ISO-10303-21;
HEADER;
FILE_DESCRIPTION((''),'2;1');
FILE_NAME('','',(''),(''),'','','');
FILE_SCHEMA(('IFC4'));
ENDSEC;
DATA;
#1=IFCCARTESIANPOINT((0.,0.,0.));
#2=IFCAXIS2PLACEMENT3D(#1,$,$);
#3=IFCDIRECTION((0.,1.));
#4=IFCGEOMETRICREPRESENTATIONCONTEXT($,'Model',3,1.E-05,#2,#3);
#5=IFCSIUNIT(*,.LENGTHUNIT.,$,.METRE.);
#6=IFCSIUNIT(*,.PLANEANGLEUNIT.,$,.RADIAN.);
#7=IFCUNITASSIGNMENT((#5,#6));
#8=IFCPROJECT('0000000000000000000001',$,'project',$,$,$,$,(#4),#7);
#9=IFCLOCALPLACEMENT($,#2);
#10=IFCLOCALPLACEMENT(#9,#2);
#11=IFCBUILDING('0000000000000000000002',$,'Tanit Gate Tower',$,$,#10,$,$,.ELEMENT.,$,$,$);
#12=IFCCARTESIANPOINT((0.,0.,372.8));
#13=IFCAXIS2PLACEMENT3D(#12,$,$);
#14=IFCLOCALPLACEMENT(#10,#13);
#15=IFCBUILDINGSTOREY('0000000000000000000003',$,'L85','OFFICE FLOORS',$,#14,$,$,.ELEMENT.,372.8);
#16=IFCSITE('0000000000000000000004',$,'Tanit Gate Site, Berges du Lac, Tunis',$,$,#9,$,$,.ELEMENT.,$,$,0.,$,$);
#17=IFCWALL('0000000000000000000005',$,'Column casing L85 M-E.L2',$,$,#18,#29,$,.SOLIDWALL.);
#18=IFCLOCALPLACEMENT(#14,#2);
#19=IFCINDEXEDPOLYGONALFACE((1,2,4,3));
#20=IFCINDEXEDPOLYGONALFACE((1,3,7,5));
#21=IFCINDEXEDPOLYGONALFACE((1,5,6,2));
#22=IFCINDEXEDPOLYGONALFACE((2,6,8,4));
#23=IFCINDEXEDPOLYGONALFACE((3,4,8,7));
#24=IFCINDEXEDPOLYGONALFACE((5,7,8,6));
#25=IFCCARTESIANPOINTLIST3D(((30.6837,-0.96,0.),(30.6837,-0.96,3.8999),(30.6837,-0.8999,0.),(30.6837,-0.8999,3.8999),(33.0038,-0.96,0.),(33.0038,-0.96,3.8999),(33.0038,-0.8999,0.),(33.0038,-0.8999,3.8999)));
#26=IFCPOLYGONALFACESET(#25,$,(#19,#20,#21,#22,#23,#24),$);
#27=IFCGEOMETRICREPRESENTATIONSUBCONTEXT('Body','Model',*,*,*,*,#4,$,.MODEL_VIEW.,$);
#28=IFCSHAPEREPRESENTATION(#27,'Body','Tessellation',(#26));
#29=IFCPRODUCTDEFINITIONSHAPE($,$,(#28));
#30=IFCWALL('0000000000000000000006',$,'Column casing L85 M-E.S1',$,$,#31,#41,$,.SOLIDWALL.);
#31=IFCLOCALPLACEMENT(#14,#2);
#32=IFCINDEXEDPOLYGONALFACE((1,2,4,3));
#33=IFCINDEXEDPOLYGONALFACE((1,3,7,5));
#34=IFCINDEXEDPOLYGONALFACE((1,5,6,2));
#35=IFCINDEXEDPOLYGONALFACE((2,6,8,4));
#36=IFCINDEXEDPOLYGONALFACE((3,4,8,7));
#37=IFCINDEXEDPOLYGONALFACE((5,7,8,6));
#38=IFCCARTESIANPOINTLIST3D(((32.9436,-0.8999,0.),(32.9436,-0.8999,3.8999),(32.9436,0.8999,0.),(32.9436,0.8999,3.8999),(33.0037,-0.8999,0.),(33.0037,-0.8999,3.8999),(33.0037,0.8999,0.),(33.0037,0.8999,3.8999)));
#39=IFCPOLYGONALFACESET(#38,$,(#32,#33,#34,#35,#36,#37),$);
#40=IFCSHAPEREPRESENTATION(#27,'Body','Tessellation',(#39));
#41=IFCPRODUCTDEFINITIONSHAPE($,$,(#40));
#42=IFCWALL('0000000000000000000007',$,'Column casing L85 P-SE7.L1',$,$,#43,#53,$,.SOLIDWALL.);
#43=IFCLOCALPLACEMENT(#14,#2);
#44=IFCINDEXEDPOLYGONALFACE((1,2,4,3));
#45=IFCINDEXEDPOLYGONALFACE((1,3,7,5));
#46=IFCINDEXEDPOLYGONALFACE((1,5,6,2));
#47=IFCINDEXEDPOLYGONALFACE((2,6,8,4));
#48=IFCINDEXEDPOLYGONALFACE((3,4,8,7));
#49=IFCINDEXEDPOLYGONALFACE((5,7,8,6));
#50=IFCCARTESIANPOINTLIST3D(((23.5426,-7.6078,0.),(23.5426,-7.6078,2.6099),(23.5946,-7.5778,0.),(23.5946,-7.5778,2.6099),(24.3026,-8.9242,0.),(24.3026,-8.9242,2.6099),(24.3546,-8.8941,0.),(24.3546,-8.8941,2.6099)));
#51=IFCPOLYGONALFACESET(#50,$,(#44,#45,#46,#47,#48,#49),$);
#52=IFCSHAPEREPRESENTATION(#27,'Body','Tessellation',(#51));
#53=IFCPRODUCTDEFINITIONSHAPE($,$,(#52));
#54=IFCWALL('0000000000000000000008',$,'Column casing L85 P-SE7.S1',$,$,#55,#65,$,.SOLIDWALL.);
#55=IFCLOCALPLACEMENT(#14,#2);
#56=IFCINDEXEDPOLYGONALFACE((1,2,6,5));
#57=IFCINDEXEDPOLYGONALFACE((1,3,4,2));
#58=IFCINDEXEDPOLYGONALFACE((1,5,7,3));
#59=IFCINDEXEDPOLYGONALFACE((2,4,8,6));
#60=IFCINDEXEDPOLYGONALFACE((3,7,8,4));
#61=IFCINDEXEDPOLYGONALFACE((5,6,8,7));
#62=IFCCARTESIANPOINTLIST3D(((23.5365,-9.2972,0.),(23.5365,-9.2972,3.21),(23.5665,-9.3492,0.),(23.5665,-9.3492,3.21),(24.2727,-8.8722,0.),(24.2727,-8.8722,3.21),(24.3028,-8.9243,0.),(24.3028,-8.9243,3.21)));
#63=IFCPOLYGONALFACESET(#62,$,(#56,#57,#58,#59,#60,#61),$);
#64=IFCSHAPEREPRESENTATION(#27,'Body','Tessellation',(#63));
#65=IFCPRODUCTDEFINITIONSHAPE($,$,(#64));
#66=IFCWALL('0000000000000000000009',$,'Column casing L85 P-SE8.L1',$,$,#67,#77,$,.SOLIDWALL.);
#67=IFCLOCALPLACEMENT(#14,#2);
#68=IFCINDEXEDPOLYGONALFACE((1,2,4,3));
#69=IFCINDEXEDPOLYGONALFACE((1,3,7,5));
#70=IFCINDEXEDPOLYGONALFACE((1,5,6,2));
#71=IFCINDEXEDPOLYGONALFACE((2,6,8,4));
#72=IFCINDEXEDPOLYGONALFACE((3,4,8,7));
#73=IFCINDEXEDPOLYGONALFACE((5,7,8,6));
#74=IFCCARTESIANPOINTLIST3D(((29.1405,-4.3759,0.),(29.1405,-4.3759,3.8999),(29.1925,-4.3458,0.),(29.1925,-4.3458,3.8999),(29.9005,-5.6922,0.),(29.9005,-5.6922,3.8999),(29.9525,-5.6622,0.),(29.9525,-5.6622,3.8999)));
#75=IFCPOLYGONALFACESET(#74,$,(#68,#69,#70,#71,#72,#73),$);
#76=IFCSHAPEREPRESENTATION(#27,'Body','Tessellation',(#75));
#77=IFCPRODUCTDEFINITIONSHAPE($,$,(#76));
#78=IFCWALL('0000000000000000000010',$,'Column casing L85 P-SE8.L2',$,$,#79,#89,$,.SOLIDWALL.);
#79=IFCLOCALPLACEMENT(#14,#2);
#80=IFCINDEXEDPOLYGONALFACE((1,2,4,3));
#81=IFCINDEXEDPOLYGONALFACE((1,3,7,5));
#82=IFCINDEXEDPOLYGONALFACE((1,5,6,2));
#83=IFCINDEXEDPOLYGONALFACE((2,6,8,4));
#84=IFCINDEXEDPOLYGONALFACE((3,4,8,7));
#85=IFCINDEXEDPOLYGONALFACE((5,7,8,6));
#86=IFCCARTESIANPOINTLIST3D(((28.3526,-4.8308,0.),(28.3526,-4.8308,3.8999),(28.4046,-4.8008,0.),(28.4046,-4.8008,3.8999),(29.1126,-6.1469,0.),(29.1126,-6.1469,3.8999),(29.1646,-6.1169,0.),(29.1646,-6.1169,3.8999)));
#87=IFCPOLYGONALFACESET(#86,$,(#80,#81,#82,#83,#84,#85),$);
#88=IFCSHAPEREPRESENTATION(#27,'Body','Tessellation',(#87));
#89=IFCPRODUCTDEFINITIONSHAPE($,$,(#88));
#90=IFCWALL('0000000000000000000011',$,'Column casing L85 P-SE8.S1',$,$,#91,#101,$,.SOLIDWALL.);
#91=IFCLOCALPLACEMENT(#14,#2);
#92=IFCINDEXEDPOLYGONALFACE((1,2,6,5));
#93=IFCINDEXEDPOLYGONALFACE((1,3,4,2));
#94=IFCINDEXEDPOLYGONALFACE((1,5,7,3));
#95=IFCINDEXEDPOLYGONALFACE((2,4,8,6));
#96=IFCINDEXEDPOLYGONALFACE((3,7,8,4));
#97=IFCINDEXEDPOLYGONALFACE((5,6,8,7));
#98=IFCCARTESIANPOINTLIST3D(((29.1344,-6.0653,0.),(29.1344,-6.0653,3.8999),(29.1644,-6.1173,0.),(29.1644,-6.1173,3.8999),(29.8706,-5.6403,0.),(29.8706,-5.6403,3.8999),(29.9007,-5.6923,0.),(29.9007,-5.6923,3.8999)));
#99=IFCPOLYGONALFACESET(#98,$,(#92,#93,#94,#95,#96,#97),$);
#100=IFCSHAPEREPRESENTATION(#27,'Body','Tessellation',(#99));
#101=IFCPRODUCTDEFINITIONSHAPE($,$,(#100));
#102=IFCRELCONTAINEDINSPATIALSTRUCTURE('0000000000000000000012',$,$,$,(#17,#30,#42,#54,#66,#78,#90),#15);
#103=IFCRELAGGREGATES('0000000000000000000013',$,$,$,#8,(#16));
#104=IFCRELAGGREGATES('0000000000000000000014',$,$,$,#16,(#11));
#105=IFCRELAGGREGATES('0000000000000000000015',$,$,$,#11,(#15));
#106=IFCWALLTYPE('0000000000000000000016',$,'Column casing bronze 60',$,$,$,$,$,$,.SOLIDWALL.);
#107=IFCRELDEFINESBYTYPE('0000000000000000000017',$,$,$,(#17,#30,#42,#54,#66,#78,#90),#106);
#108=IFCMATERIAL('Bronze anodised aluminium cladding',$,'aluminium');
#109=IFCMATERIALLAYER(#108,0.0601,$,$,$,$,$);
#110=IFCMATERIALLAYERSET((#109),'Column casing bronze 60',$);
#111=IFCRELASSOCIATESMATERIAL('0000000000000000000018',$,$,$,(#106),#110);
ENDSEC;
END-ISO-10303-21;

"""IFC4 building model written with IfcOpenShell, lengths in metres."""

from ifc_helpers import new_model, si_unit, direction, frame, frame_2d, origin, place, context, subcontext, project, spatial, rectangle, extrude, material, layer, layer_set, type_object, element, save


model = new_model("IFC4")

# Units and contexts
model_context = context("Model", 3, precision=1e-05, world=origin(), true_north=direction((0.0, 1.0)))
body_context = subcontext(model_context, "Body", "Model", "MODEL_VIEW")
ifc_project = project(units=[si_unit("LENGTHUNIT", "METRE"), si_unit("PLANEANGLEUNIT", "RADIAN")], contexts=[model_context])

# Site, building, storey
site_placement = place(None, origin())
site = spatial("IfcSite", under=ifc_project, at=site_placement, Name="Tanit Gate Site, Berges du Lac, Tunis", CompositionType="ELEMENT", RefElevation=0.0)
building_placement = place(site_placement, origin())
building = spatial("IfcBuilding", under=site, at=building_placement, Name="Tanit Gate Tower", CompositionType="ELEMENT")
storey_placement = place(building_placement, frame((0.0, 0.0, 372.8)))
storey = spatial("IfcBuildingStorey", under=building, at=storey_placement, Name="L85", Description="OFFICE FLOORS", CompositionType="ELEMENT", Elevation=372.8)

# Walls
ifc_material_1 = material(Name="Bronze anodised aluminium cladding", Category="aluminium")
ifc_layer_1 = layer(ifc_material_1, 0.0601)
ifc_layer_set_1 = layer_set([ifc_layer_1], Name="Column casing bronze 60")
wall_type = type_object("IfcWallType", Name="Column casing bronze 60", PredefinedType="SOLIDWALL", material=ifc_layer_set_1)
wall_1_placement = place(storey_placement, frame((30.6836, -0.9299, 0.0), z_axis=(0.0, 0.0, 1.0), x_axis=(1.0, 0.0, 0.0)))
element("IfcWall", 1, at=wall_1_placement, inside=storey, type_object=wall_type, Name="Column casing L85 M-E.L2", PredefinedType="SOLIDWALL", context=body_context, shape_type="SweptSolid", body=[
    extrude(rectangle(XDim=2.3201, YDim=0.0601, at=frame_2d((1.1602, 0.0))), origin(), (0.0, 0.0, 1.0), 3.8999),
])
wall_2_placement = place(storey_placement, frame((32.9736, -0.8999, 0.0), z_axis=(0.0, 0.0, 1.0), x_axis=(0.0, 1.0, 0.0)))
element("IfcWall", 2, at=wall_2_placement, inside=storey, type_object=wall_type, Name="Column casing L85 M-E.S1", PredefinedType="SOLIDWALL", context=body_context, shape_type="SweptSolid", body=[
    extrude(rectangle(XDim=1.7998, YDim=0.0601, at=frame_2d((0.8999, 0.0))), origin(), (0.0, 0.0, 1.0), 3.8999),
])
wall_3_placement = place(storey_placement, frame((23.5686, -7.5928, 0.0), z_axis=(0.0, 0.0, 1.0), x_axis=(0.499991, -0.86603, 0.0)))
element("IfcWall", 3, at=wall_3_placement, inside=storey, type_object=wall_type, Name="Column casing L85 P-SE7.L1", PredefinedType="SOLIDWALL", context=body_context, shape_type="SweptSolid", body=[
    extrude(rectangle(XDim=1.52, YDim=0.0601, at=frame_2d((0.76, 0.0))), origin(), (0.0, 0.0, 1.0), 2.6099),
])
wall_4_placement = place(storey_placement, frame((23.5515, -9.3232, 0.0), z_axis=(0.0, 0.0, 1.0), x_axis=(0.866061, 0.499938, 0.0)))
element("IfcWall", 4, at=wall_4_placement, inside=storey, type_object=wall_type, Name="Column casing L85 P-SE7.S1", PredefinedType="SOLIDWALL", context=body_context, shape_type="SweptSolid", body=[
    extrude(rectangle(XDim=0.8501, YDim=0.0601, at=frame_2d((0.425, 0.0))), origin(), (0.0, 0.0, 1.0), 3.21),
])
wall_5_placement = place(storey_placement, frame((29.1665, -4.3608, 0.0), z_axis=(0.0, 0.0, 1.0), x_axis=(0.499991, -0.86603, 0.0)))
element("IfcWall", 5, at=wall_5_placement, inside=storey, type_object=wall_type, Name="Column casing L85 P-SE8.L1", PredefinedType="SOLIDWALL", context=body_context, shape_type="SweptSolid", body=[
    extrude(rectangle(XDim=1.52, YDim=0.0601, at=frame_2d((0.76, 0.0))), origin(), (0.0, 0.0, 1.0), 3.8999),
])
wall_6_placement = place(storey_placement, frame((28.3787, -4.8159, 0.0), z_axis=(0.0, 0.0, 1.0), x_axis=(0.500061, -0.86599, 0.0)))
element("IfcWall", 6, at=wall_6_placement, inside=storey, type_object=wall_type, Name="Column casing L85 P-SE8.L2", PredefinedType="SOLIDWALL", context=body_context, shape_type="SweptSolid", body=[
    extrude(rectangle(XDim=1.5198, YDim=0.0601, at=frame_2d((0.7598, 0.0))), origin(), (0.0, 0.0, 1.0), 3.8999),
])
wall_7_placement = place(storey_placement, frame((29.1494, -6.0913, 0.0), z_axis=(0.0, 0.0, 1.0), x_axis=(0.866061, 0.499938, 0.0)))
element("IfcWall", 7, at=wall_7_placement, inside=storey, type_object=wall_type, Name="Column casing L85 P-SE8.S1", PredefinedType="SOLIDWALL", context=body_context, shape_type="SweptSolid", body=[
    extrude(rectangle(XDim=0.8501, YDim=0.0601, at=frame_2d((0.425, 0.0))), origin(), (0.0, 0.0, 1.0), 3.8999),
])

save(model, "model.ifc")
